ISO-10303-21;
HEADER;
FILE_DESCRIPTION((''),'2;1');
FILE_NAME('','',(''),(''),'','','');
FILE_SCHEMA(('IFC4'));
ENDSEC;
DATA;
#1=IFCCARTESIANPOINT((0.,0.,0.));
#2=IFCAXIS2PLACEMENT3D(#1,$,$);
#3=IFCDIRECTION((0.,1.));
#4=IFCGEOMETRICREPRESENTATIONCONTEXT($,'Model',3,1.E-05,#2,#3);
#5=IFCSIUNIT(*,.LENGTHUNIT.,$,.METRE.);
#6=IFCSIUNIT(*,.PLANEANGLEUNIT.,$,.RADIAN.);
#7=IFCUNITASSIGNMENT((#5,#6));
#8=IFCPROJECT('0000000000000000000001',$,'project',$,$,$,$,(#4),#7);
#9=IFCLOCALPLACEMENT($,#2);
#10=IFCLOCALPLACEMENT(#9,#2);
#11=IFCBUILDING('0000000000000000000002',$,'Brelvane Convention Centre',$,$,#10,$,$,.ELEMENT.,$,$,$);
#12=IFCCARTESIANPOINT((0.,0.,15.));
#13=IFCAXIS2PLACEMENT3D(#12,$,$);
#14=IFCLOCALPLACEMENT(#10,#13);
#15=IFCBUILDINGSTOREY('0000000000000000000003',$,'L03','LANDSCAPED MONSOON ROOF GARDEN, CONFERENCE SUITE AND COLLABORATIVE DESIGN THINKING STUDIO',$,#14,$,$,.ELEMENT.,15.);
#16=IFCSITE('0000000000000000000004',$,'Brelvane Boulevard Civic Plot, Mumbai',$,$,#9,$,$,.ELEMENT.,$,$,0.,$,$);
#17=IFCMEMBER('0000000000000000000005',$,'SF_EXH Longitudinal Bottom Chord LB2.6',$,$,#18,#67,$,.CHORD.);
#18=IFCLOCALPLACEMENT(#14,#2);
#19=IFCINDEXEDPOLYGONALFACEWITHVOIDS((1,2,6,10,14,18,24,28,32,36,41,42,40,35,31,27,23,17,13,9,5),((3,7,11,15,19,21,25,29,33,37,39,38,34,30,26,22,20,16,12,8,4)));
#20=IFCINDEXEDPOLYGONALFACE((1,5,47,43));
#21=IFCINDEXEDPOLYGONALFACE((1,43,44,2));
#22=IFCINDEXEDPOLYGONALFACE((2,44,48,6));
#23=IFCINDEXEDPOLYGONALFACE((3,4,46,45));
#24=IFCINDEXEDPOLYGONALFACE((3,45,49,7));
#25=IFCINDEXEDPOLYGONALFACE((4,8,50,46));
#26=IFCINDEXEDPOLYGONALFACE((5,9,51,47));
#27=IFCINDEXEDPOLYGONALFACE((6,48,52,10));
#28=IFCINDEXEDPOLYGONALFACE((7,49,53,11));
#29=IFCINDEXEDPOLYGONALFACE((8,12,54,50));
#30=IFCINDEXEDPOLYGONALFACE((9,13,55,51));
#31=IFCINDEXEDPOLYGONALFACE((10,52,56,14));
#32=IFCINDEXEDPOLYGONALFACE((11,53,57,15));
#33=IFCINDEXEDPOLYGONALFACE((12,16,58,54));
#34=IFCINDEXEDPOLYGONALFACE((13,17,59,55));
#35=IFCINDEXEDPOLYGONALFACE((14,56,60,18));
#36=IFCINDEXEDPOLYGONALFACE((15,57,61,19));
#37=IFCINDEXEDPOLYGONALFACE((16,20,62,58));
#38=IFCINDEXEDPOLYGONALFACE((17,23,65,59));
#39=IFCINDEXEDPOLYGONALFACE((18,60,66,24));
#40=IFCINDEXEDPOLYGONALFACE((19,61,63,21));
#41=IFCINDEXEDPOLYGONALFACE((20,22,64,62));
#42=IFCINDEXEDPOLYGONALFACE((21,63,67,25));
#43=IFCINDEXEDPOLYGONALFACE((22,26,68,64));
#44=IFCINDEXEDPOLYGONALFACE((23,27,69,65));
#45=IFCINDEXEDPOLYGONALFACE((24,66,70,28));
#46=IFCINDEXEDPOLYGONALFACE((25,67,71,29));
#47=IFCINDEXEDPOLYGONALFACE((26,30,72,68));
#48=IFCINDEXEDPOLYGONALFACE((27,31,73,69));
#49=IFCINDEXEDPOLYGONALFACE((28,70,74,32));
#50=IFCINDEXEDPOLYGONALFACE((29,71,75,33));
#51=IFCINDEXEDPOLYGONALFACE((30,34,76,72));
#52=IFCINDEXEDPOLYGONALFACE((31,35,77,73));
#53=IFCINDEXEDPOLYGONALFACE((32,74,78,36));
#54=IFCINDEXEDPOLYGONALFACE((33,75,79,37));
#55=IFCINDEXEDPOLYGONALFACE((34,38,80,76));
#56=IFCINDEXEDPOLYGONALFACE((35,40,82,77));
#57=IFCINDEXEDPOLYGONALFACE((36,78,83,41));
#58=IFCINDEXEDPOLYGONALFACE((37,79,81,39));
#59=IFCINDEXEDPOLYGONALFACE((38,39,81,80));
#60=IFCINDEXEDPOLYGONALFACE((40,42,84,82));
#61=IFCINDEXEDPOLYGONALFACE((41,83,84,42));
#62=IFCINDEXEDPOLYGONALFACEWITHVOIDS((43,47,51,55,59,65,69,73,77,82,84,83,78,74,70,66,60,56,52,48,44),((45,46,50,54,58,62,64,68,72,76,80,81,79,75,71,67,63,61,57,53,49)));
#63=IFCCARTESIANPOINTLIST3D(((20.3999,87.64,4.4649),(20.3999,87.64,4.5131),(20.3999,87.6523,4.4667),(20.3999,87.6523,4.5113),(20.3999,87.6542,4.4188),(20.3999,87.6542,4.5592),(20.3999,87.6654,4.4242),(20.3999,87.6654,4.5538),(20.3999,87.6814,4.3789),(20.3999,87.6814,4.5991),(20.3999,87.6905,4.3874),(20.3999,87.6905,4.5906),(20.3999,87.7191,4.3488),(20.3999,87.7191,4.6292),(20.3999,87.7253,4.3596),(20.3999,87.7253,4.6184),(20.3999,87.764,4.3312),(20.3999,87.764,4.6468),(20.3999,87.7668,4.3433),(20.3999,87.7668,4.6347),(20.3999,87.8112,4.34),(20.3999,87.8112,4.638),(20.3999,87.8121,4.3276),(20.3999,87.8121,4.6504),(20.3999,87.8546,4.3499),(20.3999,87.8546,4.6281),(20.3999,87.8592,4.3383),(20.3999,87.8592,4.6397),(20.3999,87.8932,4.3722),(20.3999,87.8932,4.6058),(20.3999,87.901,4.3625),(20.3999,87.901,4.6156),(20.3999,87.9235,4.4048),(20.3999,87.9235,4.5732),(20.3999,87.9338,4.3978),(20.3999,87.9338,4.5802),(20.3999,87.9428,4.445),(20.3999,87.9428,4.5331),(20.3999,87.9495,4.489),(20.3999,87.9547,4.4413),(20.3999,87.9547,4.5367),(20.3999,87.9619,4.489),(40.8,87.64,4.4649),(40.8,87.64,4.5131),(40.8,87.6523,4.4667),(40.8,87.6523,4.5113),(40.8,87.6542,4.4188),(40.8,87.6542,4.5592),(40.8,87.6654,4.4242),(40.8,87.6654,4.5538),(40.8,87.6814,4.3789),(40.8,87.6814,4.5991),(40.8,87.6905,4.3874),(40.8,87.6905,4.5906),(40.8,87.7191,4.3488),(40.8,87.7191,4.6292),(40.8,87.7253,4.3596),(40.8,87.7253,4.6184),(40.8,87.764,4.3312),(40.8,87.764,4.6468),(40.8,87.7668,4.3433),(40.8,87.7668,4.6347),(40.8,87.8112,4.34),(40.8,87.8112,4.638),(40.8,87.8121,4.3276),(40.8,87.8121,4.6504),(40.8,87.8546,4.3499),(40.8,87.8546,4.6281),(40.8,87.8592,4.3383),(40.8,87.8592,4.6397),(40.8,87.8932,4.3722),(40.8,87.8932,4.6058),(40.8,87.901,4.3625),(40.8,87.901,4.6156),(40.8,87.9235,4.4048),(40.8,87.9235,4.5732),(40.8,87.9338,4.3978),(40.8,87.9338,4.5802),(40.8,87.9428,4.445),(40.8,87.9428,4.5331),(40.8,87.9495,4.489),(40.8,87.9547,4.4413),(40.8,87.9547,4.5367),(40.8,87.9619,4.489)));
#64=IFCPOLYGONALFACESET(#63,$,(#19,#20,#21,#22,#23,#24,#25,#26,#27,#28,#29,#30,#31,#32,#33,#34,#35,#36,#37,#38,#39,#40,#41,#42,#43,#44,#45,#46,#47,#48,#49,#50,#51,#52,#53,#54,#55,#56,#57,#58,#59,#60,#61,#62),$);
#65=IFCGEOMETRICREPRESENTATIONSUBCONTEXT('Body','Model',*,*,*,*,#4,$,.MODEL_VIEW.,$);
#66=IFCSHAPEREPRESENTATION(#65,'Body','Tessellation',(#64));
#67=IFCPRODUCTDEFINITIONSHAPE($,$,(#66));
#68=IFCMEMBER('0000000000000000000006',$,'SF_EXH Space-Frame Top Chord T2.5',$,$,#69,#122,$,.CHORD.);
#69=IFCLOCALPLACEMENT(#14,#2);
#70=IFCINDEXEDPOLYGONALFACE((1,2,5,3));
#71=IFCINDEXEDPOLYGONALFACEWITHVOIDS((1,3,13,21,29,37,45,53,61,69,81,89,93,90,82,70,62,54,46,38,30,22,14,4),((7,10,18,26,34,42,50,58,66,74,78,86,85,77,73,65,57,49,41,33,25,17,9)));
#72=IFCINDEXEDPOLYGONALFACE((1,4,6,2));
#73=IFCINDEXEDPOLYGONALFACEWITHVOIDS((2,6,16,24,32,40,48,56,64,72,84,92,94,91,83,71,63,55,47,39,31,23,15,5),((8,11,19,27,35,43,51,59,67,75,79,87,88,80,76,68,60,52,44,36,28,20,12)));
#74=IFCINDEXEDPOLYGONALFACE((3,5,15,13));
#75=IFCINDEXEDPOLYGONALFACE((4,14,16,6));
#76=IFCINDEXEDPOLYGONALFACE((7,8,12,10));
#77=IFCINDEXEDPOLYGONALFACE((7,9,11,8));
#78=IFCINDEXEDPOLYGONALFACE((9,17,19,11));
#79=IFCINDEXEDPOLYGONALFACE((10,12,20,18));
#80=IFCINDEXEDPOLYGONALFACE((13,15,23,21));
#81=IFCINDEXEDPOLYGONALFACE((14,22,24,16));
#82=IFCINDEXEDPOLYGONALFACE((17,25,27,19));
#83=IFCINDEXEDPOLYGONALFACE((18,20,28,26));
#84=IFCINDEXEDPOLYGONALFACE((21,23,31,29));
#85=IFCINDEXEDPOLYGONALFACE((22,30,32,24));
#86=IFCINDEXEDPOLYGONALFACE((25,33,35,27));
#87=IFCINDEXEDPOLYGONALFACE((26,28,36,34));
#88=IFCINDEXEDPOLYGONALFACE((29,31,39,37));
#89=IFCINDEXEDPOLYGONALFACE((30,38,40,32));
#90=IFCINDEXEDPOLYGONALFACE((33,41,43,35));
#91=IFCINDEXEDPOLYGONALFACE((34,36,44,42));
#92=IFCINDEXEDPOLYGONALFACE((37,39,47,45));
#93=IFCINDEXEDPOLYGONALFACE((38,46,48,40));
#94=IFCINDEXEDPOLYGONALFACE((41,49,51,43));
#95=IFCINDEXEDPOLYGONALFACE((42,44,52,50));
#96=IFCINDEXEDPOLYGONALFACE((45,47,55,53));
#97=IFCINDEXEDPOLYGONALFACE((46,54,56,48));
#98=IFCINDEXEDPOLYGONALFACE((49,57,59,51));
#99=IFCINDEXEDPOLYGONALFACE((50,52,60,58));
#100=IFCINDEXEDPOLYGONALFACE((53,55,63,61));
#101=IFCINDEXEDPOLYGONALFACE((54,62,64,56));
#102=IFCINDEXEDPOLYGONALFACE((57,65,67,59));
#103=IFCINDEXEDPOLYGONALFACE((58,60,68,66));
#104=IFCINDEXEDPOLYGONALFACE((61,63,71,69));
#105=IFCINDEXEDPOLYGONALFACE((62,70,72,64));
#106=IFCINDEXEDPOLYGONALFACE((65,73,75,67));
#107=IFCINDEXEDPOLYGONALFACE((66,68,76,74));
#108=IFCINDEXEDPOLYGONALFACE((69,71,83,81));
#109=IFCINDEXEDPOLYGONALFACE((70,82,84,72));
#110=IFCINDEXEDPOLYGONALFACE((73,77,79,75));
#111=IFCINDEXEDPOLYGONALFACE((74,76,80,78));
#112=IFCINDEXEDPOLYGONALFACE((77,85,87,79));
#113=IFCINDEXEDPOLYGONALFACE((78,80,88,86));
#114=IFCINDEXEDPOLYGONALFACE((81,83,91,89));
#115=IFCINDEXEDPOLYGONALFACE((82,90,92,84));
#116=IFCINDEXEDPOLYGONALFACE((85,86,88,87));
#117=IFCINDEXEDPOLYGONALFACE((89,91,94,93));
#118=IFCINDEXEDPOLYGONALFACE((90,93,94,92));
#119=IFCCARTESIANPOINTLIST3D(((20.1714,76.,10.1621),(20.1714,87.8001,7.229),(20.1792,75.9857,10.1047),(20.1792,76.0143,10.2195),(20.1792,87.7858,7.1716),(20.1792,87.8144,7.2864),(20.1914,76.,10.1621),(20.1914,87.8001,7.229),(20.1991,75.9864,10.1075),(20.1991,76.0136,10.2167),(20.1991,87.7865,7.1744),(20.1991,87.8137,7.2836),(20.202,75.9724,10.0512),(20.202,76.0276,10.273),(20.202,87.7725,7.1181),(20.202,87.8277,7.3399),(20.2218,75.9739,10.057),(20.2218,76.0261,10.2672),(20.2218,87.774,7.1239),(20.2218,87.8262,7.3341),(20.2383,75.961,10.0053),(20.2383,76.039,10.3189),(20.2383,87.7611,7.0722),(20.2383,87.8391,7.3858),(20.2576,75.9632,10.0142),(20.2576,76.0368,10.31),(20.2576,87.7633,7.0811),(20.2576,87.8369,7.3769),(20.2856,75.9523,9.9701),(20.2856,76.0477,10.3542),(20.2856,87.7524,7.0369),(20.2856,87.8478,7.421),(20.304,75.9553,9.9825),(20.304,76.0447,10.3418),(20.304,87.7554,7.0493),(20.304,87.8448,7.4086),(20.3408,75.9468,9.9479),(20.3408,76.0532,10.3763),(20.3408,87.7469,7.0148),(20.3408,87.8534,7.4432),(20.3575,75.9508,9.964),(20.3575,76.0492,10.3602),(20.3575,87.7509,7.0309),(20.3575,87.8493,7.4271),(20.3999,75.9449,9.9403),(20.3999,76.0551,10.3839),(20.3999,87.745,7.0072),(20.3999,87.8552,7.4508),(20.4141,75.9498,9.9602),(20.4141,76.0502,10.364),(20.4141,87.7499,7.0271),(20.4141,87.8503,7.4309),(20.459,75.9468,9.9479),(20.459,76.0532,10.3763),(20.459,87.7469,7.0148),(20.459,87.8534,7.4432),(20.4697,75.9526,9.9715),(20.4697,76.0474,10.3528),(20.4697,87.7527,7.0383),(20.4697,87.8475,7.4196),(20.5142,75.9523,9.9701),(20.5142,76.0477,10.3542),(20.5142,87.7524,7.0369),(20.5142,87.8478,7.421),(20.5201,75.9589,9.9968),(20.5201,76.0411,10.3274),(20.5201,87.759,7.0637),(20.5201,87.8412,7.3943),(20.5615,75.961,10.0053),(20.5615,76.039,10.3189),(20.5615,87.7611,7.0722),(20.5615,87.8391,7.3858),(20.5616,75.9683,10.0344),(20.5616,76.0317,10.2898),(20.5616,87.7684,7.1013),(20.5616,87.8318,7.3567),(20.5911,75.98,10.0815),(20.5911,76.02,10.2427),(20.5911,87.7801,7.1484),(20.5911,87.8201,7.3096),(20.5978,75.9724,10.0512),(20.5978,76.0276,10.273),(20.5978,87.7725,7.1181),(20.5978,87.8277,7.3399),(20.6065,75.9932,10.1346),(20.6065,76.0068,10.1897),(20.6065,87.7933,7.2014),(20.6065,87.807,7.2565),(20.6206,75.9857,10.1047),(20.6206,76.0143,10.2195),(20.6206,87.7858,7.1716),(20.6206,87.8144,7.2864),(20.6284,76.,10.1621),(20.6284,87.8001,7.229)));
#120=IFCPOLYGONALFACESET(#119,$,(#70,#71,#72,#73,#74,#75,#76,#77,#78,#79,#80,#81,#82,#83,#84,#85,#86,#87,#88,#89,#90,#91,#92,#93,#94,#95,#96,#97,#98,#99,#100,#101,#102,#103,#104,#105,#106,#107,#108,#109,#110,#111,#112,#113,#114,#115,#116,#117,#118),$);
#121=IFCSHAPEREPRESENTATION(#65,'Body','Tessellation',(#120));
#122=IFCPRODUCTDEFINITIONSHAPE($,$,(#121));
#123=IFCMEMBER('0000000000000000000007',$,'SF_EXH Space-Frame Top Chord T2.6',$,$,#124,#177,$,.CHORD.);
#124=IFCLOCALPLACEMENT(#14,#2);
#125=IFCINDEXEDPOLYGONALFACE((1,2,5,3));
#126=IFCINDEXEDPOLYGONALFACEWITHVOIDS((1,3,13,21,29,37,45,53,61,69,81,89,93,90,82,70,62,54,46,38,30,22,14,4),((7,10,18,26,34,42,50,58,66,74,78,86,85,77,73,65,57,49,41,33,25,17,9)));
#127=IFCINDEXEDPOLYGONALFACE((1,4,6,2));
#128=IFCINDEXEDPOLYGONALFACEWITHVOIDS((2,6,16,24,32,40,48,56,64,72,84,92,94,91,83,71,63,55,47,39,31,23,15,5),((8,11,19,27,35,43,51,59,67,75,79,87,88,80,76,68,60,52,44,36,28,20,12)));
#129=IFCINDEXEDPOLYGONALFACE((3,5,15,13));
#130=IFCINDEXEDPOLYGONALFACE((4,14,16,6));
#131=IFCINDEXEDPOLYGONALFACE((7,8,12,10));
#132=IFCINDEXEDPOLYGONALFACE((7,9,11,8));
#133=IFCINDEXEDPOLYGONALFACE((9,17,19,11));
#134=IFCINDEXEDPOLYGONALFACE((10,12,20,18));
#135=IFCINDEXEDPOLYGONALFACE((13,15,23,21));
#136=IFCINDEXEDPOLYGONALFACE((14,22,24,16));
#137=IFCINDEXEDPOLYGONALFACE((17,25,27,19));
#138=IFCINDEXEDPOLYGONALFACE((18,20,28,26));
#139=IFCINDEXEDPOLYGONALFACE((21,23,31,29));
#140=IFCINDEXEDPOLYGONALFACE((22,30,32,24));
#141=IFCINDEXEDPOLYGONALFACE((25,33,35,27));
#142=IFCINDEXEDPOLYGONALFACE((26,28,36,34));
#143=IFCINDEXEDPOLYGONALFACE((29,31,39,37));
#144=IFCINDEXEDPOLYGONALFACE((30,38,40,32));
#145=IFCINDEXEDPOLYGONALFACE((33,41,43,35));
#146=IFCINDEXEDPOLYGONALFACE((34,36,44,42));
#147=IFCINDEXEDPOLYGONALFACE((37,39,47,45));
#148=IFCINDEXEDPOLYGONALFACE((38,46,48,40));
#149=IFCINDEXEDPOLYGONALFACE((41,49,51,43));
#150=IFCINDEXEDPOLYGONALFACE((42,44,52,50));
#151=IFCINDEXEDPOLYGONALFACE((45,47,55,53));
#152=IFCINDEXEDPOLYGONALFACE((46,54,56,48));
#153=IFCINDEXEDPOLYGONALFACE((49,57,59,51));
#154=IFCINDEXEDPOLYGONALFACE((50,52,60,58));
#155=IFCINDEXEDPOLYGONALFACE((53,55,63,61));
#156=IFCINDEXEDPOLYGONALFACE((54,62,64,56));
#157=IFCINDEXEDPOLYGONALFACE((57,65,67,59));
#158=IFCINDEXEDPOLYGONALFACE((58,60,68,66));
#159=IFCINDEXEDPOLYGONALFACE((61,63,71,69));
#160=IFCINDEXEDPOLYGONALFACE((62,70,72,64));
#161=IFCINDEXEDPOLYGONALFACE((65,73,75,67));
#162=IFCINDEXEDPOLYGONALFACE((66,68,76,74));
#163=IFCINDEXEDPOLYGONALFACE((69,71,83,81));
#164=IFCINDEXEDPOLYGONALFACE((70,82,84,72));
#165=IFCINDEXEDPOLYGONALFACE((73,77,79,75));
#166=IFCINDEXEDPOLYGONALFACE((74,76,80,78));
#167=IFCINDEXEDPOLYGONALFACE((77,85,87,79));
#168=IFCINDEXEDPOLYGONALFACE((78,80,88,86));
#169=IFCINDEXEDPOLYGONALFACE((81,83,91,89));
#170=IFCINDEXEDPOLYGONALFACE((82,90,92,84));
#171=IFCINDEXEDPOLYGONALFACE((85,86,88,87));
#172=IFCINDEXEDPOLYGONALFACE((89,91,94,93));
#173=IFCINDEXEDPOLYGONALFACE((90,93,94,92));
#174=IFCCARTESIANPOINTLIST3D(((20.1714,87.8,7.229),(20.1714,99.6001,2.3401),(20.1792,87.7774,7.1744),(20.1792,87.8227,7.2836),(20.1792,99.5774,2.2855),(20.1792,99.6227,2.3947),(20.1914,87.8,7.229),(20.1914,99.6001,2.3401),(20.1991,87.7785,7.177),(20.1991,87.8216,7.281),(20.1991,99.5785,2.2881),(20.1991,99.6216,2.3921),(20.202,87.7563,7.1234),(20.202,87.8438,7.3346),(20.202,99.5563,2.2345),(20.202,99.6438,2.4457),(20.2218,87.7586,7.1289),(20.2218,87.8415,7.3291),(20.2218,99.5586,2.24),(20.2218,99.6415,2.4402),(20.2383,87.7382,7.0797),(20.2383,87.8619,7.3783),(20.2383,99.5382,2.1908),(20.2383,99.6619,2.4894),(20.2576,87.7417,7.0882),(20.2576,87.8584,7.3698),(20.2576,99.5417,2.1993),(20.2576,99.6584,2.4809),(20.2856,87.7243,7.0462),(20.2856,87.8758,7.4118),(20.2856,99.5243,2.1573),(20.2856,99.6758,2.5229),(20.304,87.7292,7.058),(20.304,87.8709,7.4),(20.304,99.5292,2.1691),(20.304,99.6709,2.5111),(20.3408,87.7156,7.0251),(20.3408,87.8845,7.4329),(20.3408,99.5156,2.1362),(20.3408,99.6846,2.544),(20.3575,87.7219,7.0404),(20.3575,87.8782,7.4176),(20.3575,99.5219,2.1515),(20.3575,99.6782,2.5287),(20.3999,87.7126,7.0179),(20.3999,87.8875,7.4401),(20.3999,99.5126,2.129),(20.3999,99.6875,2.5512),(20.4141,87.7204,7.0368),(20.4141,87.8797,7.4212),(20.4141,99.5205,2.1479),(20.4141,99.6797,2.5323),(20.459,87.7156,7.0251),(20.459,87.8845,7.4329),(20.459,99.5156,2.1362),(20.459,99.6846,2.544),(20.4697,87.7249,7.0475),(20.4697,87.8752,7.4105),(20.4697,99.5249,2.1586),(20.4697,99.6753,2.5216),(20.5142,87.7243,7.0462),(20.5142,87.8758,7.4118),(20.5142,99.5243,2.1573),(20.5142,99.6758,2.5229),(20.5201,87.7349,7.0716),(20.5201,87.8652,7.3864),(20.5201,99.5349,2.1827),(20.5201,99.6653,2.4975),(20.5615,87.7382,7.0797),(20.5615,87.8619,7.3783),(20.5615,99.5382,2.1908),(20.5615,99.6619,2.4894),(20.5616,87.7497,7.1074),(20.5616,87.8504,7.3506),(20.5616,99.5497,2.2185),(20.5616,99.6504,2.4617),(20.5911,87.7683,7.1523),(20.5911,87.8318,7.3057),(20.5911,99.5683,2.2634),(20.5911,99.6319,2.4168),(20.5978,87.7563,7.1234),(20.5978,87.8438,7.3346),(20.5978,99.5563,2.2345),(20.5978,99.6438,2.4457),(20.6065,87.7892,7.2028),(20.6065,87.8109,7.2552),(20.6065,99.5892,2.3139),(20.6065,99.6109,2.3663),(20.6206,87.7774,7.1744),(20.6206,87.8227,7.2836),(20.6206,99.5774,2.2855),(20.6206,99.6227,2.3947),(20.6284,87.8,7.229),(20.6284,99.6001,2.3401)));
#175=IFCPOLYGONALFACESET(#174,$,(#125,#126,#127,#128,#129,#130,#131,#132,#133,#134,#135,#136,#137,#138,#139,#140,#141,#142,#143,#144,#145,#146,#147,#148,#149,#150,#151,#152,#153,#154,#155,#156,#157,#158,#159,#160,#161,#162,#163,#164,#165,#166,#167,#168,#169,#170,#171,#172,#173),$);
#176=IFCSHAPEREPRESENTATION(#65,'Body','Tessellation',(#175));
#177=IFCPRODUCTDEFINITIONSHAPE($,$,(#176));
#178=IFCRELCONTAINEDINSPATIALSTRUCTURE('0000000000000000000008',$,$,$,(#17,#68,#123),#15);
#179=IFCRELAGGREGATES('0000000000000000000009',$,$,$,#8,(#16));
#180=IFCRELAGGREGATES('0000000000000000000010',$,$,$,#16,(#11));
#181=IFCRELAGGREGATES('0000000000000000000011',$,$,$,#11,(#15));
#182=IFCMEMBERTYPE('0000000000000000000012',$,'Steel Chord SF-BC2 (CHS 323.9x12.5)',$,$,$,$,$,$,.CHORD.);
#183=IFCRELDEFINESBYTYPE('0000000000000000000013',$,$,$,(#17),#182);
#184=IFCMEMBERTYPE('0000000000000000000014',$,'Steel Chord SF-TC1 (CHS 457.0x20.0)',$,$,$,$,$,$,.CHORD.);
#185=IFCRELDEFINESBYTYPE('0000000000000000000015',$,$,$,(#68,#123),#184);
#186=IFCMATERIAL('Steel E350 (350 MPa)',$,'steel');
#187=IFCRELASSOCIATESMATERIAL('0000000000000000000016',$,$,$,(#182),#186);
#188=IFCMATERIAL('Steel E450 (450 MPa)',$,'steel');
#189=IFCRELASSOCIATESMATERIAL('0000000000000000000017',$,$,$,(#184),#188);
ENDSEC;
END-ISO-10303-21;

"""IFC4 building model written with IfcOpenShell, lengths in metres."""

from ifc_helpers import new_model, si_unit, direction, frame, origin, origin_2d, place, context, subcontext, project, spatial, hollow_circle, extrude, material, material_profile, profile_set, type_object, element, save


model = new_model("IFC4")

# Units and contexts
model_context = context("Model", 3, precision=1e-05, world=origin(), true_north=direction((0.0, 1.0)))
body_context = subcontext(model_context, "Body", "Model", "MODEL_VIEW")
ifc_project = project(units=[si_unit("LENGTHUNIT", "METRE"), si_unit("PLANEANGLEUNIT", "RADIAN")], contexts=[model_context])

# Site, building, storey
site_placement = place(None, origin())
site = spatial("IfcSite", under=ifc_project, at=site_placement, Name="Brelvane Boulevard Civic Plot, Mumbai", CompositionType="ELEMENT", RefElevation=0.0)
building_placement = place(site_placement, origin())
building = spatial("IfcBuilding", under=site, at=building_placement, Name="Brelvane Convention Centre", CompositionType="ELEMENT")
storey_placement = place(building_placement, frame((0.0, 0.0, 15.0)))
storey = spatial("IfcBuildingStorey", under=building, at=storey_placement, Name="L03", Description="LANDSCAPED MONSOON ROOF GARDEN, CONFERENCE SUITE AND COLLABORATIVE DESIGN THINKING STUDIO", CompositionType="ELEMENT", Elevation=15.0)

# Members
ifc_material_1 = material(Name="Steel E350 (350 MPa)", Category="steel")
ifc_material_profile_1 = material_profile(ifc_material_1, hollow_circle(Radius=0.1619, WallThickness=0.0125, at=origin_2d()), Name="CHS 323.9x12.5")
ifc_profile_set_1 = profile_set([ifc_material_profile_1], Name="Steel E350 (350 MPa)")
member_type_1 = type_object("IfcMemberType", Name="Steel Chord SF-BC2 (CHS 323.9x12.5)", PredefinedType="CHORD", material=ifc_profile_set_1)
for number, where, z_axis, x_axis, name in (
    (1, (20.3999, 87.8, 4.489), (1.0, 0.0, 0.0), (0.0, 1.0, 0.0), "SF_EXH Longitudinal Bottom Chord LB2.6"),
):
    element("IfcMember", number, at=place(storey_placement, frame(where, z_axis=z_axis, x_axis=x_axis)), inside=storey, type_object=member_type_1, Name=name, PredefinedType="CHORD", context=body_context, shape_type="SweptSolid", body=[
        extrude(hollow_circle(Radius=0.1619, WallThickness=0.0125, at=origin_2d()), origin(), (0.0, 0.0, 1.0), 20.4001),
    ])
ifc_material_2 = material(Name="Steel E450 (450 MPa)", Category="steel")
ifc_material_profile_2 = material_profile(ifc_material_2, hollow_circle(Radius=0.2285, WallThickness=0.02, at=origin_2d()), Name="CHS 457.0x20.0")
ifc_profile_set_2 = profile_set([ifc_material_profile_2], Name="Steel E450 (450 MPa)")
member_type_2 = type_object("IfcMemberType", Name="Steel Chord SF-TC1 (CHS 457.0x20.0)", PredefinedType="CHORD", material=ifc_profile_set_2)
member_1_placement = place(storey_placement, frame((20.3999, 76.0, 10.1621), z_axis=(0.0, 0.970469, -0.241227), x_axis=(-1.0, 0.0, 0.0)))
element("IfcMember", 2, at=member_1_placement, inside=storey, type_object=member_type_2, Name="SF_EXH Space-Frame Top Chord T2.5", PredefinedType="CHORD", context=body_context, shape_type="SweptSolid", body=[
    extrude(hollow_circle(Radius=0.2285, WallThickness=0.02, at=origin_2d()), origin(), (0.0, 0.0, 1.0), 12.1592),
])
member_2_placement = place(storey_placement, frame((20.3999, 87.8, 7.229), z_axis=(0.0, 0.923847, -0.382762), x_axis=(-1.0, 0.0, 0.0)))
element("IfcMember", 3, at=member_2_placement, inside=storey, type_object=member_type_2, Name="SF_EXH Space-Frame Top Chord T2.6", PredefinedType="CHORD", context=body_context, shape_type="SweptSolid", body=[
    extrude(hollow_circle(Radius=0.2285, WallThickness=0.02, at=origin_2d()), origin(), (0.0, 0.0, 1.0), 12.7727),
])

save(model, "model.ifc")
